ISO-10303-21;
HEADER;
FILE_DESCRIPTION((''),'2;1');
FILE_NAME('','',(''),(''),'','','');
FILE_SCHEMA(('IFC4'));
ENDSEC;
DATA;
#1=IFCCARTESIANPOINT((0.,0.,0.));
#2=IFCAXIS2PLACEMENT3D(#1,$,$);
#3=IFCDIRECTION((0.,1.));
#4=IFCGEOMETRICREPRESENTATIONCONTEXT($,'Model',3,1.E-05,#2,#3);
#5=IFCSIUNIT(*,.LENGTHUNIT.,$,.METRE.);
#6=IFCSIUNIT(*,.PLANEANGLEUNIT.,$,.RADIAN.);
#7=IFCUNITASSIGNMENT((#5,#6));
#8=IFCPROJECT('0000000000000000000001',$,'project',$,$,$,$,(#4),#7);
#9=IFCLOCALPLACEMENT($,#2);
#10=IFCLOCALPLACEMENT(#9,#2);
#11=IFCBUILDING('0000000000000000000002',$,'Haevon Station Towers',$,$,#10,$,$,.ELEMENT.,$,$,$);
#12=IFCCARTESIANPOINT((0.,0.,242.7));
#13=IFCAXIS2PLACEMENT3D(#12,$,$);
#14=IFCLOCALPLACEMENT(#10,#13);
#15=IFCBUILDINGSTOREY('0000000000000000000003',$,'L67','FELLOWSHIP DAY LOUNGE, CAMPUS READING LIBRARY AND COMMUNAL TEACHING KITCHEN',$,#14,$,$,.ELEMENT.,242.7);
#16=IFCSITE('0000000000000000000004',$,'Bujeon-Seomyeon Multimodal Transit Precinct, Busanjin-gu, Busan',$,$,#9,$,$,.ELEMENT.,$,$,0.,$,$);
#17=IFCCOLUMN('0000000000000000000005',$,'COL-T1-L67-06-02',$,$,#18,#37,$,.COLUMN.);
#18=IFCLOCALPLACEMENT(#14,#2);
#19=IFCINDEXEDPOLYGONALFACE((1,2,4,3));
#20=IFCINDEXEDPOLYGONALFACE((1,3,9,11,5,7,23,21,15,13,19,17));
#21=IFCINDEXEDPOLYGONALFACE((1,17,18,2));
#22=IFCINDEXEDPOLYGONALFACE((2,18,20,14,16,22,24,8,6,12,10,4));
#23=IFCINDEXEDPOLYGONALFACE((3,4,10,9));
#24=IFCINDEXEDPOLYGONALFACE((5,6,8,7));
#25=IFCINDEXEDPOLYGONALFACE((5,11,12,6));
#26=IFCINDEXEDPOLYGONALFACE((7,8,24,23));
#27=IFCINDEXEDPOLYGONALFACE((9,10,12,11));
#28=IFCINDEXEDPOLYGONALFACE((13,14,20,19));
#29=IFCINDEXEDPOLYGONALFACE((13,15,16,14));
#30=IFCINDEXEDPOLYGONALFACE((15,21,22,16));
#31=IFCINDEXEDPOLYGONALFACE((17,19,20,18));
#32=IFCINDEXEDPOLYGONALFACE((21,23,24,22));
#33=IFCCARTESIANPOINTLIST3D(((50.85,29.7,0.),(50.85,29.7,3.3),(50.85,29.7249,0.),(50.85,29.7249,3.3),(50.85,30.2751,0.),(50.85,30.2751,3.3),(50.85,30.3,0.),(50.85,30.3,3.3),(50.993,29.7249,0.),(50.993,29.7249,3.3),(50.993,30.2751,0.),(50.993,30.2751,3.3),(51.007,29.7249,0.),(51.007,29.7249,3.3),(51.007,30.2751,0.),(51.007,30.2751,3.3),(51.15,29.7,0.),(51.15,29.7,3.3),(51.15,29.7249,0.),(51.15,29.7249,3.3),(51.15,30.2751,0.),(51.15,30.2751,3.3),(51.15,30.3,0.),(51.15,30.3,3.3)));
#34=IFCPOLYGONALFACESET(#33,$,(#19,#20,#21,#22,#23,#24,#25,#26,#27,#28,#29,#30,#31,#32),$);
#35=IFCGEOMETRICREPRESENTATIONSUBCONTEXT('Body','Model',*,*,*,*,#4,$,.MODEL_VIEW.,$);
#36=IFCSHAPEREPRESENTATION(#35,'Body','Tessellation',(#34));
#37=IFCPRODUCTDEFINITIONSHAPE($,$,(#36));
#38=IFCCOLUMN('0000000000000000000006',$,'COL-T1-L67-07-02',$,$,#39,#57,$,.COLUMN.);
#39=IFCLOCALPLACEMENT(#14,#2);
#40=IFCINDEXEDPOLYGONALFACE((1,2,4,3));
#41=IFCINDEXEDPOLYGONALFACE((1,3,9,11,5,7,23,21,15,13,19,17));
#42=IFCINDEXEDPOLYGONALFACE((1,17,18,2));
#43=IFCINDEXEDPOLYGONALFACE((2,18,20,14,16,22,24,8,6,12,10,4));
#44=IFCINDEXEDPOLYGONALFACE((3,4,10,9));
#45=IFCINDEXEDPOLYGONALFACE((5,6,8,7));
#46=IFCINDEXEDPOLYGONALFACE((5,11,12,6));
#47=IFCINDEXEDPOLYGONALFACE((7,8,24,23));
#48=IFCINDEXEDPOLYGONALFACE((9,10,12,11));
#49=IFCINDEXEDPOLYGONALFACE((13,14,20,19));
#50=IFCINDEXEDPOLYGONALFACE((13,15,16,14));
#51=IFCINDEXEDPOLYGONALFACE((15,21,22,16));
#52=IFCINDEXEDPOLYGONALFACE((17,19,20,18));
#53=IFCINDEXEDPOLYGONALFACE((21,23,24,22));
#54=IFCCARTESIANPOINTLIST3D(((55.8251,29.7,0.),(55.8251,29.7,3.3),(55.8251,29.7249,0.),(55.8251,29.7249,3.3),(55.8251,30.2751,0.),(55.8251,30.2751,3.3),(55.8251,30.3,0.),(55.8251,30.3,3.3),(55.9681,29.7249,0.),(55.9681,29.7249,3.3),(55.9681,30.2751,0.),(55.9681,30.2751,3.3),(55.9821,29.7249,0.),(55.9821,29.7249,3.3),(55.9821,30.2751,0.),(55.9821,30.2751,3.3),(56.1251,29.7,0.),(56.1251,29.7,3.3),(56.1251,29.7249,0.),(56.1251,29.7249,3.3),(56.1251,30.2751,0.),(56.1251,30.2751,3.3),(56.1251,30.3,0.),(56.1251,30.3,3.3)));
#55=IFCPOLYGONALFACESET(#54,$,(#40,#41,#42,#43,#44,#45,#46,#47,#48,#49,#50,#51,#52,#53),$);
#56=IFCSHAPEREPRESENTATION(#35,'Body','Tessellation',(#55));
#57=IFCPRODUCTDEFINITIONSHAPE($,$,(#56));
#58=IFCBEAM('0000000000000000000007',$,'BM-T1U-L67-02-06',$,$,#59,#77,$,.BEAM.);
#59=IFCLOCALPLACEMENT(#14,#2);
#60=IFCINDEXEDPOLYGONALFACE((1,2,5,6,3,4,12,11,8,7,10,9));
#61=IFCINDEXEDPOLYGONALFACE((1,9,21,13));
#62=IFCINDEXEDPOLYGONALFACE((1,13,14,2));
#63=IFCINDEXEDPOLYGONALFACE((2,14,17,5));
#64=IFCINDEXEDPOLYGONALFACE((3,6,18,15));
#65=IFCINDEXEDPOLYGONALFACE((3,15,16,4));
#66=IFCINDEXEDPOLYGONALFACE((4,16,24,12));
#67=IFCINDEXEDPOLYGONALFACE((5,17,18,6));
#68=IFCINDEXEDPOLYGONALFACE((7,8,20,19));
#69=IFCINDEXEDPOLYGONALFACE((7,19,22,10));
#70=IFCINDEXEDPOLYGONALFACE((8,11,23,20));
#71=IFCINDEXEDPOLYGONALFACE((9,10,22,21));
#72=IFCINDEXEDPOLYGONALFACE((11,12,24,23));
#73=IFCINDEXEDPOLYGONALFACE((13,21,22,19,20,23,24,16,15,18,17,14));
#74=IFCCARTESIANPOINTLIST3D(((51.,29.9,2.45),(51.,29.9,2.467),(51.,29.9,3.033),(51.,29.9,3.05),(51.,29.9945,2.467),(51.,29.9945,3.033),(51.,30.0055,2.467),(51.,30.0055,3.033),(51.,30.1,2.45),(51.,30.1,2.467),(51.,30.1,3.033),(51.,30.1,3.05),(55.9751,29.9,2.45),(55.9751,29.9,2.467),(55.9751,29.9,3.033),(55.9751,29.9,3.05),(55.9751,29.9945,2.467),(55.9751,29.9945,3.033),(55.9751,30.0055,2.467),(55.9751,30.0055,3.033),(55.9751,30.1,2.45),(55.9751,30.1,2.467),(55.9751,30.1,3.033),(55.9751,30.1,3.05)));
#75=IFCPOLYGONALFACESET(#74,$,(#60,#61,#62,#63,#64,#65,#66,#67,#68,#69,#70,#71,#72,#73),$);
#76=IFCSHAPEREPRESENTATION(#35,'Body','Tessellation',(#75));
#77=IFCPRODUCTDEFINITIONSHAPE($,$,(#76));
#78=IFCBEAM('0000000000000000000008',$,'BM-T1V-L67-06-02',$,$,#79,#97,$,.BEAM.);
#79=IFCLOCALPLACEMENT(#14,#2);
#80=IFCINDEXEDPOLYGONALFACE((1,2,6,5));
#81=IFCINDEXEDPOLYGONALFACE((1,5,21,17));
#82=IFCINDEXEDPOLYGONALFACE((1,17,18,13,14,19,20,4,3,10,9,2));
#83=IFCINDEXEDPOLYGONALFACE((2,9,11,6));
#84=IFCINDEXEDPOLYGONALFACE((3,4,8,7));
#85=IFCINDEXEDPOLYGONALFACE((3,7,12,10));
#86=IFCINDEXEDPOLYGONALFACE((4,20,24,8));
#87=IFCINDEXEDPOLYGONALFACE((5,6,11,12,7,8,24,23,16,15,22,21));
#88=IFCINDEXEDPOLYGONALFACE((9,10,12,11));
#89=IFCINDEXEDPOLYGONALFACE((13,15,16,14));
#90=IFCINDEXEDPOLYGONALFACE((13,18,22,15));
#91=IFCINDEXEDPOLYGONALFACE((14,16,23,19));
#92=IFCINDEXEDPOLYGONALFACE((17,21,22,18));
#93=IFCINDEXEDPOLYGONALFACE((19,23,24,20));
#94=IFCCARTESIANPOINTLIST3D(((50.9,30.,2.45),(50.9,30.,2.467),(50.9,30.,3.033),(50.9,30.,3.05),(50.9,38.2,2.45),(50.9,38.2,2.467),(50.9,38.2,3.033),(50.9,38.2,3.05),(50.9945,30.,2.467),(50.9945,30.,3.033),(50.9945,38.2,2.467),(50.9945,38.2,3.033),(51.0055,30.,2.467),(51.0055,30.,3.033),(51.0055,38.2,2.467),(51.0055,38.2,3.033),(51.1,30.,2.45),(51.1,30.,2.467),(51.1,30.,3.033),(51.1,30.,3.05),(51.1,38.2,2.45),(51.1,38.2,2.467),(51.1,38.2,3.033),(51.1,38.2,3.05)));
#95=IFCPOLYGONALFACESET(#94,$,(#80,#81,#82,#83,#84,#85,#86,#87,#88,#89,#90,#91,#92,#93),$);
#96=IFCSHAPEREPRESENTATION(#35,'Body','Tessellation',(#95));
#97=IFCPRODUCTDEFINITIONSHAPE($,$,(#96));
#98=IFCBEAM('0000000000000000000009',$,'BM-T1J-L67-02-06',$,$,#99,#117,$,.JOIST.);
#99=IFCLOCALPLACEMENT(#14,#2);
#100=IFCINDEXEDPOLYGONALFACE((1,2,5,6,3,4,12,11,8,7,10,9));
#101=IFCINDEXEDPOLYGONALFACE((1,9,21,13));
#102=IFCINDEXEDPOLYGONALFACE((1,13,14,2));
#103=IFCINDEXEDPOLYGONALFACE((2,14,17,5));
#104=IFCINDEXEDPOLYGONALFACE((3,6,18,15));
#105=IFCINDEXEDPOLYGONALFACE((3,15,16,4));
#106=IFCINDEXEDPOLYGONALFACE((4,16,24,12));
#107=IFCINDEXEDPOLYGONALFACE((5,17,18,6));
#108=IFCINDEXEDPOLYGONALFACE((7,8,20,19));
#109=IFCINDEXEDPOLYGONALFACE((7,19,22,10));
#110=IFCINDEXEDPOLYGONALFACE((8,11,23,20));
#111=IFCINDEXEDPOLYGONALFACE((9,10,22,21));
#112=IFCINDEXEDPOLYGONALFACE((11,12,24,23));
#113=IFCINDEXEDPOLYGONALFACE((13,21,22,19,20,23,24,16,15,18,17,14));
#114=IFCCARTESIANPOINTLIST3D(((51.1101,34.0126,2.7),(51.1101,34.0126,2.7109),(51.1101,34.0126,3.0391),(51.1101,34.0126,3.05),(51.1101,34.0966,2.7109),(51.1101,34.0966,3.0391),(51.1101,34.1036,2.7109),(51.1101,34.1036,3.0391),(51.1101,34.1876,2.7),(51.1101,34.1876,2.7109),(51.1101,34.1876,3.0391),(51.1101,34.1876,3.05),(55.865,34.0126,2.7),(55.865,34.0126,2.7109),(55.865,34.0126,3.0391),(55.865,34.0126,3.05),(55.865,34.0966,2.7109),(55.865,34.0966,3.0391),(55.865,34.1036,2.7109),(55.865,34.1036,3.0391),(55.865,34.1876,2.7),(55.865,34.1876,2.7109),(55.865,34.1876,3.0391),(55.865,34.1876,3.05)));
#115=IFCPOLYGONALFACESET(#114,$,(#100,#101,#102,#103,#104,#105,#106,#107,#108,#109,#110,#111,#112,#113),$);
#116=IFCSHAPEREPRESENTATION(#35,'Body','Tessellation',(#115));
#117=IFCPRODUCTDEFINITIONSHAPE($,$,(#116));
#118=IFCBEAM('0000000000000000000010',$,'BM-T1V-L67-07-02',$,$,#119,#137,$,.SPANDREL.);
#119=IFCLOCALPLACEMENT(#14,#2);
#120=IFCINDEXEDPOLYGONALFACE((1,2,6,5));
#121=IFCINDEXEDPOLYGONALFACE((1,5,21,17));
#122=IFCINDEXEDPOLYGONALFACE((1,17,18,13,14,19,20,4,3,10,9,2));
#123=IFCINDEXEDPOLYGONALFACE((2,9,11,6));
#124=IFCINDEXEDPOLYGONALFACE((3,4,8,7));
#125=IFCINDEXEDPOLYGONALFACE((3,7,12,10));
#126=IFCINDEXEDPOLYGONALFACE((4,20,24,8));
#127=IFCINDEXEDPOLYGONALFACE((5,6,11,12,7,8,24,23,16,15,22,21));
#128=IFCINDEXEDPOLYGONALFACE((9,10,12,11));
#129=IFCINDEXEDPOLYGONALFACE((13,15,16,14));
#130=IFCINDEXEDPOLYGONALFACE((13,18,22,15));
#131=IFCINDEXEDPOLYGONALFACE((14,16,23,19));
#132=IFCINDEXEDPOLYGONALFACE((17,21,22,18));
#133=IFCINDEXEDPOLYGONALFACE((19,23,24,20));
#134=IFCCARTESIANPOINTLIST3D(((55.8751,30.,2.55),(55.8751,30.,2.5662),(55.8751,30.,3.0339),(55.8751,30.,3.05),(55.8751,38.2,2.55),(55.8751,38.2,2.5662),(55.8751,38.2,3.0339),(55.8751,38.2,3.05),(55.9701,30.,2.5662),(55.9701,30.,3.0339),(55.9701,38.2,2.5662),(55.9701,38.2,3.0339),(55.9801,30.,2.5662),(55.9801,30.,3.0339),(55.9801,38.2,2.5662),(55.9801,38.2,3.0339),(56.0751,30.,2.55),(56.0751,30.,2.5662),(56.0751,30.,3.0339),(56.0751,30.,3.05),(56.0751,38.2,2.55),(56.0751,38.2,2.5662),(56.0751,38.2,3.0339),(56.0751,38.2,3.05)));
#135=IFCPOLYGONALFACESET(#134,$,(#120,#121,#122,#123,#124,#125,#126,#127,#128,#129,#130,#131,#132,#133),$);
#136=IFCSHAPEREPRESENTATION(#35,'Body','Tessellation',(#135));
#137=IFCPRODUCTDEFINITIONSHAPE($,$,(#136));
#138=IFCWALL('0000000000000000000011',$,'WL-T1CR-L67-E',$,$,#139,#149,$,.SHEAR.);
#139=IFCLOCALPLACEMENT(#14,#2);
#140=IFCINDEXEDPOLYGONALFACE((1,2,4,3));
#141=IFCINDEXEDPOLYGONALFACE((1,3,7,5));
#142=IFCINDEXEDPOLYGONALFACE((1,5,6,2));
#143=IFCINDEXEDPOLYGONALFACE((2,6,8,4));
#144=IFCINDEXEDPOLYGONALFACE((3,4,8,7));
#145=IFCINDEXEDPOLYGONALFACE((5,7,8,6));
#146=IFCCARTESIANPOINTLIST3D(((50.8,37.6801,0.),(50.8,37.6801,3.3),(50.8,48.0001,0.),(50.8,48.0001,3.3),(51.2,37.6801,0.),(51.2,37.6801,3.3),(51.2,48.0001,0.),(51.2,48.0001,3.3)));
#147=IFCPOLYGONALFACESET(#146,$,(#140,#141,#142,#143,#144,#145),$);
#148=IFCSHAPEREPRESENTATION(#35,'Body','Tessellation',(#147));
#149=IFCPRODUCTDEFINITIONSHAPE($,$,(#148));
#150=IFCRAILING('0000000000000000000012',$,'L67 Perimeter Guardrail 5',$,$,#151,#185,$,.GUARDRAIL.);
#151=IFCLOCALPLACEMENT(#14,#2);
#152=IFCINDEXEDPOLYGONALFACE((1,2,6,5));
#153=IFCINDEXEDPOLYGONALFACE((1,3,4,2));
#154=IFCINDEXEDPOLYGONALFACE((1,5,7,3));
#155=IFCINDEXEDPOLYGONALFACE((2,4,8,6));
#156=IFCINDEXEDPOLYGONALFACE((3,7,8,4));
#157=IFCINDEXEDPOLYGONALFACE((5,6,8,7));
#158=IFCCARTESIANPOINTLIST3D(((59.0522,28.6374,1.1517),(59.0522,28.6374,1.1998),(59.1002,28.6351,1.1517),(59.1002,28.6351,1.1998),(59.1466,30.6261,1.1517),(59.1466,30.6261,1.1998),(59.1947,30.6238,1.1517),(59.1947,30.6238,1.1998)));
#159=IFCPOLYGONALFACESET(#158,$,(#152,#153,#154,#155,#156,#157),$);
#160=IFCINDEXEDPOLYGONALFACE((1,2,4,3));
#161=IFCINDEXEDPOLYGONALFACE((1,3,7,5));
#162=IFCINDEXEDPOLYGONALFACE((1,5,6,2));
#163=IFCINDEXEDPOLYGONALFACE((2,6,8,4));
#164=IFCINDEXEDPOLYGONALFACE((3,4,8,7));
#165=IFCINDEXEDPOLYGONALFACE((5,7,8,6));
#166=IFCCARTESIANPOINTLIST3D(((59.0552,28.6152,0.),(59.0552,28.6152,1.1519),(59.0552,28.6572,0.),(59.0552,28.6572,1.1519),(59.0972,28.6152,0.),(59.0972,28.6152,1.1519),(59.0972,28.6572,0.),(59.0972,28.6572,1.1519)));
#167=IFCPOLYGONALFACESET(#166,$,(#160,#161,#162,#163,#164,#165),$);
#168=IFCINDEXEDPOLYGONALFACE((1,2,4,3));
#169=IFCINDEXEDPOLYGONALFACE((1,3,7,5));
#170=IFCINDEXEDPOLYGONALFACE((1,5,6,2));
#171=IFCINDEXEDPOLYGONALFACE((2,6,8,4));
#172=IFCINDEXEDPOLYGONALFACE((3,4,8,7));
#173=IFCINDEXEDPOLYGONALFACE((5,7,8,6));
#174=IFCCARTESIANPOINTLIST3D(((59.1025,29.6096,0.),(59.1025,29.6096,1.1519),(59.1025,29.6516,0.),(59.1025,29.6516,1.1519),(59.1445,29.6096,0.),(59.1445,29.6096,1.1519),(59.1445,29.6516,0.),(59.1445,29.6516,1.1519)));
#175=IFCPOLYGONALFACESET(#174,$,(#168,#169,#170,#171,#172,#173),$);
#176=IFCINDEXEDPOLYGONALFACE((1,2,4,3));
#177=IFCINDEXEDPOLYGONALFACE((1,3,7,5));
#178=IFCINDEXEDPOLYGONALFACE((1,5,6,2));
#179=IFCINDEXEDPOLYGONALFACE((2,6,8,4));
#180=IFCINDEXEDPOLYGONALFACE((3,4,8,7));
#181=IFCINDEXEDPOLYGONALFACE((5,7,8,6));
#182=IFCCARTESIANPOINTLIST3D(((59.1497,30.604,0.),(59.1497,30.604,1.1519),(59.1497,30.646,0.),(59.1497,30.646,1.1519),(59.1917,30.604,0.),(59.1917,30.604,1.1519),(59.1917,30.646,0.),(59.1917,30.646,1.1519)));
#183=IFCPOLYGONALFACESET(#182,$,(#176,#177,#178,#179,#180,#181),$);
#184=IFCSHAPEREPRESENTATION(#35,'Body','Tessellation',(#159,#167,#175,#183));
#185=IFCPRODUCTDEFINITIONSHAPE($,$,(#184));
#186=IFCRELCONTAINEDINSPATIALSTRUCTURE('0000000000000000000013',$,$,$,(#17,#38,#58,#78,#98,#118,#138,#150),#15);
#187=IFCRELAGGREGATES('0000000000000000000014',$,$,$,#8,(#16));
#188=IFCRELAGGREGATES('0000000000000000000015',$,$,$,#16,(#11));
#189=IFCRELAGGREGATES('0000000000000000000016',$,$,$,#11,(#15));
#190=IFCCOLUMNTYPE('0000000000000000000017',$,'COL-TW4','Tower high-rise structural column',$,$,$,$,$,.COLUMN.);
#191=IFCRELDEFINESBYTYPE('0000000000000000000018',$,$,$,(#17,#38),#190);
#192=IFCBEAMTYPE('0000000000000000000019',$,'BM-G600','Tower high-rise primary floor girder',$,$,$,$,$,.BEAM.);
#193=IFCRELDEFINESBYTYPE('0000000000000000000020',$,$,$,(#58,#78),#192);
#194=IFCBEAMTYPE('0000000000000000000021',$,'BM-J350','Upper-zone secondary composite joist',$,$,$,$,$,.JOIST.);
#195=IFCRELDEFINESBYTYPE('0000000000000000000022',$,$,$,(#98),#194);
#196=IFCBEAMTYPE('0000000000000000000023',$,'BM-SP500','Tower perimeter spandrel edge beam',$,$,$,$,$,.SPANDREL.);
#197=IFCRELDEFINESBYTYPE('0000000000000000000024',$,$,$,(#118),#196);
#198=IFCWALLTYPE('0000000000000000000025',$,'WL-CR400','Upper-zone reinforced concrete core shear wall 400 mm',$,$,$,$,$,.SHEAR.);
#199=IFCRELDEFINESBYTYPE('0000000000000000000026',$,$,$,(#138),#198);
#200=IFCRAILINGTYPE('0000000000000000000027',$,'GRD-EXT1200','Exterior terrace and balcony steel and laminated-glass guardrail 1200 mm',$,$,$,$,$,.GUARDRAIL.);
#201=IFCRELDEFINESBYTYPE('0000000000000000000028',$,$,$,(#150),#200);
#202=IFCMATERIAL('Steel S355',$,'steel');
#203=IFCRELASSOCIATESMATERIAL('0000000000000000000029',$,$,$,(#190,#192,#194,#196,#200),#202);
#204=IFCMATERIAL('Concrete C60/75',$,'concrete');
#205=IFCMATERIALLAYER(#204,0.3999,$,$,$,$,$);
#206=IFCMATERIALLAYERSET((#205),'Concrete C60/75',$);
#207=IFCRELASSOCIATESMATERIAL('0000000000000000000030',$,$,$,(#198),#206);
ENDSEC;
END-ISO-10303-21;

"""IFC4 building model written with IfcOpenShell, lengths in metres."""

from ifc_helpers import new_model, si_unit, direction, frame, frame_2d, origin, origin_2d, place, context, subcontext, project, spatial, rectangle, i_section, extrude, material, layer, layer_set, material_profile, profile_set, type_object, element, save


model = new_model("IFC4")

# Units and contexts
model_context = context("Model", 3, precision=1e-05, world=origin(), true_north=direction((0.0, 1.0)))
body_context = subcontext(model_context, "Body", "Model", "MODEL_VIEW")
ifc_project = project(units=[si_unit("LENGTHUNIT", "METRE"), si_unit("PLANEANGLEUNIT", "RADIAN")], contexts=[model_context])

# Site, building, storey
site_placement = place(None, origin())
site = spatial("IfcSite", under=ifc_project, at=site_placement, Name="Bujeon-Seomyeon Multimodal Transit Precinct, Busanjin-gu, Busan", CompositionType="ELEMENT", RefElevation=0.0)
building_placement = place(site_placement, origin())
building = spatial("IfcBuilding", under=site, at=building_placement, Name="Haevon Station Towers", CompositionType="ELEMENT")
storey_placement = place(building_placement, frame((0.0, 0.0, 242.7)))
storey = spatial("IfcBuildingStorey", under=building, at=storey_placement, Name="L67", Description="FELLOWSHIP DAY LOUNGE, CAMPUS READING LIBRARY AND COMMUNAL TEACHING KITCHEN", CompositionType="ELEMENT", Elevation=242.7)

# Columns
ifc_material_1 = material(Name="Steel S355", Category="steel")
ifc_material_profile_1 = material_profile(ifc_material_1, i_section(OverallWidth=0.3, OverallDepth=0.6001, WebThickness=0.0139, FlangeThickness=0.0249, at=origin_2d()), Name="H-600x300x14x25")
ifc_profile_set_1 = profile_set([ifc_material_profile_1], Name="Steel S355")
column_type = type_object("IfcColumnType", Name="COL-TW4", Description="Tower high-rise structural column", PredefinedType="COLUMN", material=ifc_profile_set_1)
for number, where, z_axis, x_axis, name in (
    (1, (51.0, 30.0, 0.0), (0.0, 0.0, 1.0), (1.0, 0.0, 0.0), "COL-T1-L67-06-02"),
    (2, (55.9751, 30.0, 0.0), (0.0, 0.0, 1.0), (1.0, 0.0, 0.0), "COL-T1-L67-07-02"),
):
    element("IfcColumn", number, at=place(storey_placement, frame(where, z_axis=z_axis, x_axis=x_axis)), inside=storey, type_object=column_type, Name=name, PredefinedType="COLUMN", context=body_context, shape_type="SweptSolid", body=[
        extrude(i_section(OverallWidth=0.3, OverallDepth=0.6001, WebThickness=0.0139, FlangeThickness=0.0249, at=origin_2d()), origin(), (0.0, 0.0, 1.0), 3.3),
    ])

# Beams
ifc_material_profile_2 = material_profile(ifc_material_1, i_section(OverallWidth=0.2, OverallDepth=0.6001, WebThickness=0.011, FlangeThickness=0.0171, at=origin_2d()), Name="H-600x200x11x17")
ifc_profile_set_2 = profile_set([ifc_material_profile_2], Name="Steel S355")
beam_type_1 = type_object("IfcBeamType", Name="BM-G600", Description="Tower high-rise primary floor girder", PredefinedType="BEAM", material=ifc_profile_set_2)
beam_1_placement = place(storey_placement, frame((51.0, 30.0, 2.75), z_axis=(1.0, 0.0, 0.0), x_axis=(0.0, 1.0, 0.0)))
element("IfcBeam", 3, at=beam_1_placement, inside=storey, type_object=beam_type_1, Name="BM-T1U-L67-02-06", PredefinedType="BEAM", context=body_context, shape_type="SweptSolid", body=[
    extrude(i_section(OverallWidth=0.2, OverallDepth=0.6001, WebThickness=0.011, FlangeThickness=0.0171, at=origin_2d()), origin(), (0.0, 0.0, 1.0), 4.9751),
])
beam_2_placement = place(storey_placement, frame((51.0, 30.0, 2.75), z_axis=(0.0, 1.0, 0.0), x_axis=(-1.0, 0.0, 0.0)))
element("IfcBeam", 4, at=beam_2_placement, inside=storey, type_object=beam_type_1, Name="BM-T1V-L67-06-02", PredefinedType="BEAM", context=body_context, shape_type="SweptSolid", body=[
    extrude(i_section(OverallWidth=0.2, OverallDepth=0.6001, WebThickness=0.011, FlangeThickness=0.0171, at=origin_2d()), origin(), (0.0, 0.0, 1.0), 8.2),
])
ifc_material_profile_3 = material_profile(ifc_material_1, i_section(OverallWidth=0.175, OverallDepth=0.3501, WebThickness=0.0071, FlangeThickness=0.011, at=origin_2d()), Name="H-350x175x7x11")
ifc_profile_set_3 = profile_set([ifc_material_profile_3], Name="Steel S355")
beam_type_2 = type_object("IfcBeamType", Name="BM-J350", Description="Upper-zone secondary composite joist", PredefinedType="JOIST", material=ifc_profile_set_3)
beam_3_placement = place(storey_placement, frame((51.1101, 34.1001, 2.875), z_axis=(1.0, 0.0, 0.0), x_axis=(0.0, 1.0, 0.0)))
element("IfcBeam", 5, at=beam_3_placement, inside=storey, type_object=beam_type_2, Name="BM-T1J-L67-02-06", PredefinedType="JOIST", context=body_context, shape_type="SweptSolid", body=[
    extrude(i_section(OverallWidth=0.175, OverallDepth=0.3501, WebThickness=0.0071, FlangeThickness=0.011, at=origin_2d()), origin(), (0.0, 0.0, 1.0), 4.7549),
])
ifc_material_profile_4 = material_profile(ifc_material_1, i_section(OverallWidth=0.2, OverallDepth=0.5, WebThickness=0.01, FlangeThickness=0.0161, at=origin_2d()), Name="H-500x200x10x16")
ifc_profile_set_4 = profile_set([ifc_material_profile_4], Name="Steel S355")
beam_type_3 = type_object("IfcBeamType", Name="BM-SP500", Description="Tower perimeter spandrel edge beam", PredefinedType="SPANDREL", material=ifc_profile_set_4)
beam_4_placement = place(storey_placement, frame((55.9751, 30.0, 2.8), z_axis=(0.0, 1.0, 0.0), x_axis=(-1.0, 0.0, 0.0)))
element("IfcBeam", 6, at=beam_4_placement, inside=storey, type_object=beam_type_3, Name="BM-T1V-L67-07-02", PredefinedType="SPANDREL", context=body_context, shape_type="SweptSolid", body=[
    extrude(i_section(OverallWidth=0.2, OverallDepth=0.5, WebThickness=0.01, FlangeThickness=0.0161, at=origin_2d()), origin(), (0.0, 0.0, 1.0), 8.2),
])

# Wall
ifc_material_2 = material(Name="Concrete C60/75", Category="concrete")
ifc_layer = layer(ifc_material_2, 0.3999)
ifc_layer_set = layer_set([ifc_layer], Name="Concrete C60/75")
wall_type = type_object("IfcWallType", Name="WL-CR400", Description="Upper-zone reinforced concrete core shear wall 400 mm", PredefinedType="SHEAR", material=ifc_layer_set)
wall_placement = place(storey_placement, frame((51.0, 37.6799, 0.0), z_axis=(0.0, 0.0, 1.0), x_axis=(0.0, 1.0, 0.0)))
element("IfcWall", 7, at=wall_placement, inside=storey, type_object=wall_type, Name="WL-T1CR-L67-E", PredefinedType="SHEAR", context=body_context, shape_type="SweptSolid", body=[
    extrude(rectangle(XDim=10.3201, YDim=0.3999, at=frame_2d((5.1602, 0.0))), origin(), (0.0, 0.0, 1.0), 3.3),
])

# Railing
railing_type = type_object("IfcRailingType", Name="GRD-EXT1200", Description="Exterior terrace and balcony steel and laminated-glass guardrail 1200 mm", PredefinedType="GUARDRAIL", material=ifc_material_1)
railing_1_placement = place(storey_placement, frame((59.0762, 28.6362, 0.0)))
element("IfcRailing", 8, at=railing_1_placement, inside=storey, type_object=railing_type, Name="L67 Perimeter Guardrail 5", PredefinedType="GUARDRAIL", context=body_context, shape_type="SweptSolid", body=[
    extrude(rectangle(XDim=0.0481, YDim=0.0481, at=origin_2d()), frame((0.0, 0.0, 1.1758), z_axis=(0.047454, 0.998873, 0.0), x_axis=(-0.998873, 0.047454, 0.0)), (0.0, 0.0, 1.0), 1.991),
    extrude(rectangle(XDim=0.042, YDim=0.042, at=origin_2d()), origin(), (0.0, 0.0, 1.0), 1.1519),
    extrude(rectangle(XDim=0.042, YDim=0.042, at=origin_2d()), frame((0.0474, 0.9944, 0.0)), (0.0, 0.0, 1.0), 1.1519),
    extrude(rectangle(XDim=0.042, YDim=0.042, at=origin_2d()), frame((0.0945, 1.9888, 0.0)), (0.0, 0.0, 1.0), 1.1519),
])

save(model, "model.ifc")
